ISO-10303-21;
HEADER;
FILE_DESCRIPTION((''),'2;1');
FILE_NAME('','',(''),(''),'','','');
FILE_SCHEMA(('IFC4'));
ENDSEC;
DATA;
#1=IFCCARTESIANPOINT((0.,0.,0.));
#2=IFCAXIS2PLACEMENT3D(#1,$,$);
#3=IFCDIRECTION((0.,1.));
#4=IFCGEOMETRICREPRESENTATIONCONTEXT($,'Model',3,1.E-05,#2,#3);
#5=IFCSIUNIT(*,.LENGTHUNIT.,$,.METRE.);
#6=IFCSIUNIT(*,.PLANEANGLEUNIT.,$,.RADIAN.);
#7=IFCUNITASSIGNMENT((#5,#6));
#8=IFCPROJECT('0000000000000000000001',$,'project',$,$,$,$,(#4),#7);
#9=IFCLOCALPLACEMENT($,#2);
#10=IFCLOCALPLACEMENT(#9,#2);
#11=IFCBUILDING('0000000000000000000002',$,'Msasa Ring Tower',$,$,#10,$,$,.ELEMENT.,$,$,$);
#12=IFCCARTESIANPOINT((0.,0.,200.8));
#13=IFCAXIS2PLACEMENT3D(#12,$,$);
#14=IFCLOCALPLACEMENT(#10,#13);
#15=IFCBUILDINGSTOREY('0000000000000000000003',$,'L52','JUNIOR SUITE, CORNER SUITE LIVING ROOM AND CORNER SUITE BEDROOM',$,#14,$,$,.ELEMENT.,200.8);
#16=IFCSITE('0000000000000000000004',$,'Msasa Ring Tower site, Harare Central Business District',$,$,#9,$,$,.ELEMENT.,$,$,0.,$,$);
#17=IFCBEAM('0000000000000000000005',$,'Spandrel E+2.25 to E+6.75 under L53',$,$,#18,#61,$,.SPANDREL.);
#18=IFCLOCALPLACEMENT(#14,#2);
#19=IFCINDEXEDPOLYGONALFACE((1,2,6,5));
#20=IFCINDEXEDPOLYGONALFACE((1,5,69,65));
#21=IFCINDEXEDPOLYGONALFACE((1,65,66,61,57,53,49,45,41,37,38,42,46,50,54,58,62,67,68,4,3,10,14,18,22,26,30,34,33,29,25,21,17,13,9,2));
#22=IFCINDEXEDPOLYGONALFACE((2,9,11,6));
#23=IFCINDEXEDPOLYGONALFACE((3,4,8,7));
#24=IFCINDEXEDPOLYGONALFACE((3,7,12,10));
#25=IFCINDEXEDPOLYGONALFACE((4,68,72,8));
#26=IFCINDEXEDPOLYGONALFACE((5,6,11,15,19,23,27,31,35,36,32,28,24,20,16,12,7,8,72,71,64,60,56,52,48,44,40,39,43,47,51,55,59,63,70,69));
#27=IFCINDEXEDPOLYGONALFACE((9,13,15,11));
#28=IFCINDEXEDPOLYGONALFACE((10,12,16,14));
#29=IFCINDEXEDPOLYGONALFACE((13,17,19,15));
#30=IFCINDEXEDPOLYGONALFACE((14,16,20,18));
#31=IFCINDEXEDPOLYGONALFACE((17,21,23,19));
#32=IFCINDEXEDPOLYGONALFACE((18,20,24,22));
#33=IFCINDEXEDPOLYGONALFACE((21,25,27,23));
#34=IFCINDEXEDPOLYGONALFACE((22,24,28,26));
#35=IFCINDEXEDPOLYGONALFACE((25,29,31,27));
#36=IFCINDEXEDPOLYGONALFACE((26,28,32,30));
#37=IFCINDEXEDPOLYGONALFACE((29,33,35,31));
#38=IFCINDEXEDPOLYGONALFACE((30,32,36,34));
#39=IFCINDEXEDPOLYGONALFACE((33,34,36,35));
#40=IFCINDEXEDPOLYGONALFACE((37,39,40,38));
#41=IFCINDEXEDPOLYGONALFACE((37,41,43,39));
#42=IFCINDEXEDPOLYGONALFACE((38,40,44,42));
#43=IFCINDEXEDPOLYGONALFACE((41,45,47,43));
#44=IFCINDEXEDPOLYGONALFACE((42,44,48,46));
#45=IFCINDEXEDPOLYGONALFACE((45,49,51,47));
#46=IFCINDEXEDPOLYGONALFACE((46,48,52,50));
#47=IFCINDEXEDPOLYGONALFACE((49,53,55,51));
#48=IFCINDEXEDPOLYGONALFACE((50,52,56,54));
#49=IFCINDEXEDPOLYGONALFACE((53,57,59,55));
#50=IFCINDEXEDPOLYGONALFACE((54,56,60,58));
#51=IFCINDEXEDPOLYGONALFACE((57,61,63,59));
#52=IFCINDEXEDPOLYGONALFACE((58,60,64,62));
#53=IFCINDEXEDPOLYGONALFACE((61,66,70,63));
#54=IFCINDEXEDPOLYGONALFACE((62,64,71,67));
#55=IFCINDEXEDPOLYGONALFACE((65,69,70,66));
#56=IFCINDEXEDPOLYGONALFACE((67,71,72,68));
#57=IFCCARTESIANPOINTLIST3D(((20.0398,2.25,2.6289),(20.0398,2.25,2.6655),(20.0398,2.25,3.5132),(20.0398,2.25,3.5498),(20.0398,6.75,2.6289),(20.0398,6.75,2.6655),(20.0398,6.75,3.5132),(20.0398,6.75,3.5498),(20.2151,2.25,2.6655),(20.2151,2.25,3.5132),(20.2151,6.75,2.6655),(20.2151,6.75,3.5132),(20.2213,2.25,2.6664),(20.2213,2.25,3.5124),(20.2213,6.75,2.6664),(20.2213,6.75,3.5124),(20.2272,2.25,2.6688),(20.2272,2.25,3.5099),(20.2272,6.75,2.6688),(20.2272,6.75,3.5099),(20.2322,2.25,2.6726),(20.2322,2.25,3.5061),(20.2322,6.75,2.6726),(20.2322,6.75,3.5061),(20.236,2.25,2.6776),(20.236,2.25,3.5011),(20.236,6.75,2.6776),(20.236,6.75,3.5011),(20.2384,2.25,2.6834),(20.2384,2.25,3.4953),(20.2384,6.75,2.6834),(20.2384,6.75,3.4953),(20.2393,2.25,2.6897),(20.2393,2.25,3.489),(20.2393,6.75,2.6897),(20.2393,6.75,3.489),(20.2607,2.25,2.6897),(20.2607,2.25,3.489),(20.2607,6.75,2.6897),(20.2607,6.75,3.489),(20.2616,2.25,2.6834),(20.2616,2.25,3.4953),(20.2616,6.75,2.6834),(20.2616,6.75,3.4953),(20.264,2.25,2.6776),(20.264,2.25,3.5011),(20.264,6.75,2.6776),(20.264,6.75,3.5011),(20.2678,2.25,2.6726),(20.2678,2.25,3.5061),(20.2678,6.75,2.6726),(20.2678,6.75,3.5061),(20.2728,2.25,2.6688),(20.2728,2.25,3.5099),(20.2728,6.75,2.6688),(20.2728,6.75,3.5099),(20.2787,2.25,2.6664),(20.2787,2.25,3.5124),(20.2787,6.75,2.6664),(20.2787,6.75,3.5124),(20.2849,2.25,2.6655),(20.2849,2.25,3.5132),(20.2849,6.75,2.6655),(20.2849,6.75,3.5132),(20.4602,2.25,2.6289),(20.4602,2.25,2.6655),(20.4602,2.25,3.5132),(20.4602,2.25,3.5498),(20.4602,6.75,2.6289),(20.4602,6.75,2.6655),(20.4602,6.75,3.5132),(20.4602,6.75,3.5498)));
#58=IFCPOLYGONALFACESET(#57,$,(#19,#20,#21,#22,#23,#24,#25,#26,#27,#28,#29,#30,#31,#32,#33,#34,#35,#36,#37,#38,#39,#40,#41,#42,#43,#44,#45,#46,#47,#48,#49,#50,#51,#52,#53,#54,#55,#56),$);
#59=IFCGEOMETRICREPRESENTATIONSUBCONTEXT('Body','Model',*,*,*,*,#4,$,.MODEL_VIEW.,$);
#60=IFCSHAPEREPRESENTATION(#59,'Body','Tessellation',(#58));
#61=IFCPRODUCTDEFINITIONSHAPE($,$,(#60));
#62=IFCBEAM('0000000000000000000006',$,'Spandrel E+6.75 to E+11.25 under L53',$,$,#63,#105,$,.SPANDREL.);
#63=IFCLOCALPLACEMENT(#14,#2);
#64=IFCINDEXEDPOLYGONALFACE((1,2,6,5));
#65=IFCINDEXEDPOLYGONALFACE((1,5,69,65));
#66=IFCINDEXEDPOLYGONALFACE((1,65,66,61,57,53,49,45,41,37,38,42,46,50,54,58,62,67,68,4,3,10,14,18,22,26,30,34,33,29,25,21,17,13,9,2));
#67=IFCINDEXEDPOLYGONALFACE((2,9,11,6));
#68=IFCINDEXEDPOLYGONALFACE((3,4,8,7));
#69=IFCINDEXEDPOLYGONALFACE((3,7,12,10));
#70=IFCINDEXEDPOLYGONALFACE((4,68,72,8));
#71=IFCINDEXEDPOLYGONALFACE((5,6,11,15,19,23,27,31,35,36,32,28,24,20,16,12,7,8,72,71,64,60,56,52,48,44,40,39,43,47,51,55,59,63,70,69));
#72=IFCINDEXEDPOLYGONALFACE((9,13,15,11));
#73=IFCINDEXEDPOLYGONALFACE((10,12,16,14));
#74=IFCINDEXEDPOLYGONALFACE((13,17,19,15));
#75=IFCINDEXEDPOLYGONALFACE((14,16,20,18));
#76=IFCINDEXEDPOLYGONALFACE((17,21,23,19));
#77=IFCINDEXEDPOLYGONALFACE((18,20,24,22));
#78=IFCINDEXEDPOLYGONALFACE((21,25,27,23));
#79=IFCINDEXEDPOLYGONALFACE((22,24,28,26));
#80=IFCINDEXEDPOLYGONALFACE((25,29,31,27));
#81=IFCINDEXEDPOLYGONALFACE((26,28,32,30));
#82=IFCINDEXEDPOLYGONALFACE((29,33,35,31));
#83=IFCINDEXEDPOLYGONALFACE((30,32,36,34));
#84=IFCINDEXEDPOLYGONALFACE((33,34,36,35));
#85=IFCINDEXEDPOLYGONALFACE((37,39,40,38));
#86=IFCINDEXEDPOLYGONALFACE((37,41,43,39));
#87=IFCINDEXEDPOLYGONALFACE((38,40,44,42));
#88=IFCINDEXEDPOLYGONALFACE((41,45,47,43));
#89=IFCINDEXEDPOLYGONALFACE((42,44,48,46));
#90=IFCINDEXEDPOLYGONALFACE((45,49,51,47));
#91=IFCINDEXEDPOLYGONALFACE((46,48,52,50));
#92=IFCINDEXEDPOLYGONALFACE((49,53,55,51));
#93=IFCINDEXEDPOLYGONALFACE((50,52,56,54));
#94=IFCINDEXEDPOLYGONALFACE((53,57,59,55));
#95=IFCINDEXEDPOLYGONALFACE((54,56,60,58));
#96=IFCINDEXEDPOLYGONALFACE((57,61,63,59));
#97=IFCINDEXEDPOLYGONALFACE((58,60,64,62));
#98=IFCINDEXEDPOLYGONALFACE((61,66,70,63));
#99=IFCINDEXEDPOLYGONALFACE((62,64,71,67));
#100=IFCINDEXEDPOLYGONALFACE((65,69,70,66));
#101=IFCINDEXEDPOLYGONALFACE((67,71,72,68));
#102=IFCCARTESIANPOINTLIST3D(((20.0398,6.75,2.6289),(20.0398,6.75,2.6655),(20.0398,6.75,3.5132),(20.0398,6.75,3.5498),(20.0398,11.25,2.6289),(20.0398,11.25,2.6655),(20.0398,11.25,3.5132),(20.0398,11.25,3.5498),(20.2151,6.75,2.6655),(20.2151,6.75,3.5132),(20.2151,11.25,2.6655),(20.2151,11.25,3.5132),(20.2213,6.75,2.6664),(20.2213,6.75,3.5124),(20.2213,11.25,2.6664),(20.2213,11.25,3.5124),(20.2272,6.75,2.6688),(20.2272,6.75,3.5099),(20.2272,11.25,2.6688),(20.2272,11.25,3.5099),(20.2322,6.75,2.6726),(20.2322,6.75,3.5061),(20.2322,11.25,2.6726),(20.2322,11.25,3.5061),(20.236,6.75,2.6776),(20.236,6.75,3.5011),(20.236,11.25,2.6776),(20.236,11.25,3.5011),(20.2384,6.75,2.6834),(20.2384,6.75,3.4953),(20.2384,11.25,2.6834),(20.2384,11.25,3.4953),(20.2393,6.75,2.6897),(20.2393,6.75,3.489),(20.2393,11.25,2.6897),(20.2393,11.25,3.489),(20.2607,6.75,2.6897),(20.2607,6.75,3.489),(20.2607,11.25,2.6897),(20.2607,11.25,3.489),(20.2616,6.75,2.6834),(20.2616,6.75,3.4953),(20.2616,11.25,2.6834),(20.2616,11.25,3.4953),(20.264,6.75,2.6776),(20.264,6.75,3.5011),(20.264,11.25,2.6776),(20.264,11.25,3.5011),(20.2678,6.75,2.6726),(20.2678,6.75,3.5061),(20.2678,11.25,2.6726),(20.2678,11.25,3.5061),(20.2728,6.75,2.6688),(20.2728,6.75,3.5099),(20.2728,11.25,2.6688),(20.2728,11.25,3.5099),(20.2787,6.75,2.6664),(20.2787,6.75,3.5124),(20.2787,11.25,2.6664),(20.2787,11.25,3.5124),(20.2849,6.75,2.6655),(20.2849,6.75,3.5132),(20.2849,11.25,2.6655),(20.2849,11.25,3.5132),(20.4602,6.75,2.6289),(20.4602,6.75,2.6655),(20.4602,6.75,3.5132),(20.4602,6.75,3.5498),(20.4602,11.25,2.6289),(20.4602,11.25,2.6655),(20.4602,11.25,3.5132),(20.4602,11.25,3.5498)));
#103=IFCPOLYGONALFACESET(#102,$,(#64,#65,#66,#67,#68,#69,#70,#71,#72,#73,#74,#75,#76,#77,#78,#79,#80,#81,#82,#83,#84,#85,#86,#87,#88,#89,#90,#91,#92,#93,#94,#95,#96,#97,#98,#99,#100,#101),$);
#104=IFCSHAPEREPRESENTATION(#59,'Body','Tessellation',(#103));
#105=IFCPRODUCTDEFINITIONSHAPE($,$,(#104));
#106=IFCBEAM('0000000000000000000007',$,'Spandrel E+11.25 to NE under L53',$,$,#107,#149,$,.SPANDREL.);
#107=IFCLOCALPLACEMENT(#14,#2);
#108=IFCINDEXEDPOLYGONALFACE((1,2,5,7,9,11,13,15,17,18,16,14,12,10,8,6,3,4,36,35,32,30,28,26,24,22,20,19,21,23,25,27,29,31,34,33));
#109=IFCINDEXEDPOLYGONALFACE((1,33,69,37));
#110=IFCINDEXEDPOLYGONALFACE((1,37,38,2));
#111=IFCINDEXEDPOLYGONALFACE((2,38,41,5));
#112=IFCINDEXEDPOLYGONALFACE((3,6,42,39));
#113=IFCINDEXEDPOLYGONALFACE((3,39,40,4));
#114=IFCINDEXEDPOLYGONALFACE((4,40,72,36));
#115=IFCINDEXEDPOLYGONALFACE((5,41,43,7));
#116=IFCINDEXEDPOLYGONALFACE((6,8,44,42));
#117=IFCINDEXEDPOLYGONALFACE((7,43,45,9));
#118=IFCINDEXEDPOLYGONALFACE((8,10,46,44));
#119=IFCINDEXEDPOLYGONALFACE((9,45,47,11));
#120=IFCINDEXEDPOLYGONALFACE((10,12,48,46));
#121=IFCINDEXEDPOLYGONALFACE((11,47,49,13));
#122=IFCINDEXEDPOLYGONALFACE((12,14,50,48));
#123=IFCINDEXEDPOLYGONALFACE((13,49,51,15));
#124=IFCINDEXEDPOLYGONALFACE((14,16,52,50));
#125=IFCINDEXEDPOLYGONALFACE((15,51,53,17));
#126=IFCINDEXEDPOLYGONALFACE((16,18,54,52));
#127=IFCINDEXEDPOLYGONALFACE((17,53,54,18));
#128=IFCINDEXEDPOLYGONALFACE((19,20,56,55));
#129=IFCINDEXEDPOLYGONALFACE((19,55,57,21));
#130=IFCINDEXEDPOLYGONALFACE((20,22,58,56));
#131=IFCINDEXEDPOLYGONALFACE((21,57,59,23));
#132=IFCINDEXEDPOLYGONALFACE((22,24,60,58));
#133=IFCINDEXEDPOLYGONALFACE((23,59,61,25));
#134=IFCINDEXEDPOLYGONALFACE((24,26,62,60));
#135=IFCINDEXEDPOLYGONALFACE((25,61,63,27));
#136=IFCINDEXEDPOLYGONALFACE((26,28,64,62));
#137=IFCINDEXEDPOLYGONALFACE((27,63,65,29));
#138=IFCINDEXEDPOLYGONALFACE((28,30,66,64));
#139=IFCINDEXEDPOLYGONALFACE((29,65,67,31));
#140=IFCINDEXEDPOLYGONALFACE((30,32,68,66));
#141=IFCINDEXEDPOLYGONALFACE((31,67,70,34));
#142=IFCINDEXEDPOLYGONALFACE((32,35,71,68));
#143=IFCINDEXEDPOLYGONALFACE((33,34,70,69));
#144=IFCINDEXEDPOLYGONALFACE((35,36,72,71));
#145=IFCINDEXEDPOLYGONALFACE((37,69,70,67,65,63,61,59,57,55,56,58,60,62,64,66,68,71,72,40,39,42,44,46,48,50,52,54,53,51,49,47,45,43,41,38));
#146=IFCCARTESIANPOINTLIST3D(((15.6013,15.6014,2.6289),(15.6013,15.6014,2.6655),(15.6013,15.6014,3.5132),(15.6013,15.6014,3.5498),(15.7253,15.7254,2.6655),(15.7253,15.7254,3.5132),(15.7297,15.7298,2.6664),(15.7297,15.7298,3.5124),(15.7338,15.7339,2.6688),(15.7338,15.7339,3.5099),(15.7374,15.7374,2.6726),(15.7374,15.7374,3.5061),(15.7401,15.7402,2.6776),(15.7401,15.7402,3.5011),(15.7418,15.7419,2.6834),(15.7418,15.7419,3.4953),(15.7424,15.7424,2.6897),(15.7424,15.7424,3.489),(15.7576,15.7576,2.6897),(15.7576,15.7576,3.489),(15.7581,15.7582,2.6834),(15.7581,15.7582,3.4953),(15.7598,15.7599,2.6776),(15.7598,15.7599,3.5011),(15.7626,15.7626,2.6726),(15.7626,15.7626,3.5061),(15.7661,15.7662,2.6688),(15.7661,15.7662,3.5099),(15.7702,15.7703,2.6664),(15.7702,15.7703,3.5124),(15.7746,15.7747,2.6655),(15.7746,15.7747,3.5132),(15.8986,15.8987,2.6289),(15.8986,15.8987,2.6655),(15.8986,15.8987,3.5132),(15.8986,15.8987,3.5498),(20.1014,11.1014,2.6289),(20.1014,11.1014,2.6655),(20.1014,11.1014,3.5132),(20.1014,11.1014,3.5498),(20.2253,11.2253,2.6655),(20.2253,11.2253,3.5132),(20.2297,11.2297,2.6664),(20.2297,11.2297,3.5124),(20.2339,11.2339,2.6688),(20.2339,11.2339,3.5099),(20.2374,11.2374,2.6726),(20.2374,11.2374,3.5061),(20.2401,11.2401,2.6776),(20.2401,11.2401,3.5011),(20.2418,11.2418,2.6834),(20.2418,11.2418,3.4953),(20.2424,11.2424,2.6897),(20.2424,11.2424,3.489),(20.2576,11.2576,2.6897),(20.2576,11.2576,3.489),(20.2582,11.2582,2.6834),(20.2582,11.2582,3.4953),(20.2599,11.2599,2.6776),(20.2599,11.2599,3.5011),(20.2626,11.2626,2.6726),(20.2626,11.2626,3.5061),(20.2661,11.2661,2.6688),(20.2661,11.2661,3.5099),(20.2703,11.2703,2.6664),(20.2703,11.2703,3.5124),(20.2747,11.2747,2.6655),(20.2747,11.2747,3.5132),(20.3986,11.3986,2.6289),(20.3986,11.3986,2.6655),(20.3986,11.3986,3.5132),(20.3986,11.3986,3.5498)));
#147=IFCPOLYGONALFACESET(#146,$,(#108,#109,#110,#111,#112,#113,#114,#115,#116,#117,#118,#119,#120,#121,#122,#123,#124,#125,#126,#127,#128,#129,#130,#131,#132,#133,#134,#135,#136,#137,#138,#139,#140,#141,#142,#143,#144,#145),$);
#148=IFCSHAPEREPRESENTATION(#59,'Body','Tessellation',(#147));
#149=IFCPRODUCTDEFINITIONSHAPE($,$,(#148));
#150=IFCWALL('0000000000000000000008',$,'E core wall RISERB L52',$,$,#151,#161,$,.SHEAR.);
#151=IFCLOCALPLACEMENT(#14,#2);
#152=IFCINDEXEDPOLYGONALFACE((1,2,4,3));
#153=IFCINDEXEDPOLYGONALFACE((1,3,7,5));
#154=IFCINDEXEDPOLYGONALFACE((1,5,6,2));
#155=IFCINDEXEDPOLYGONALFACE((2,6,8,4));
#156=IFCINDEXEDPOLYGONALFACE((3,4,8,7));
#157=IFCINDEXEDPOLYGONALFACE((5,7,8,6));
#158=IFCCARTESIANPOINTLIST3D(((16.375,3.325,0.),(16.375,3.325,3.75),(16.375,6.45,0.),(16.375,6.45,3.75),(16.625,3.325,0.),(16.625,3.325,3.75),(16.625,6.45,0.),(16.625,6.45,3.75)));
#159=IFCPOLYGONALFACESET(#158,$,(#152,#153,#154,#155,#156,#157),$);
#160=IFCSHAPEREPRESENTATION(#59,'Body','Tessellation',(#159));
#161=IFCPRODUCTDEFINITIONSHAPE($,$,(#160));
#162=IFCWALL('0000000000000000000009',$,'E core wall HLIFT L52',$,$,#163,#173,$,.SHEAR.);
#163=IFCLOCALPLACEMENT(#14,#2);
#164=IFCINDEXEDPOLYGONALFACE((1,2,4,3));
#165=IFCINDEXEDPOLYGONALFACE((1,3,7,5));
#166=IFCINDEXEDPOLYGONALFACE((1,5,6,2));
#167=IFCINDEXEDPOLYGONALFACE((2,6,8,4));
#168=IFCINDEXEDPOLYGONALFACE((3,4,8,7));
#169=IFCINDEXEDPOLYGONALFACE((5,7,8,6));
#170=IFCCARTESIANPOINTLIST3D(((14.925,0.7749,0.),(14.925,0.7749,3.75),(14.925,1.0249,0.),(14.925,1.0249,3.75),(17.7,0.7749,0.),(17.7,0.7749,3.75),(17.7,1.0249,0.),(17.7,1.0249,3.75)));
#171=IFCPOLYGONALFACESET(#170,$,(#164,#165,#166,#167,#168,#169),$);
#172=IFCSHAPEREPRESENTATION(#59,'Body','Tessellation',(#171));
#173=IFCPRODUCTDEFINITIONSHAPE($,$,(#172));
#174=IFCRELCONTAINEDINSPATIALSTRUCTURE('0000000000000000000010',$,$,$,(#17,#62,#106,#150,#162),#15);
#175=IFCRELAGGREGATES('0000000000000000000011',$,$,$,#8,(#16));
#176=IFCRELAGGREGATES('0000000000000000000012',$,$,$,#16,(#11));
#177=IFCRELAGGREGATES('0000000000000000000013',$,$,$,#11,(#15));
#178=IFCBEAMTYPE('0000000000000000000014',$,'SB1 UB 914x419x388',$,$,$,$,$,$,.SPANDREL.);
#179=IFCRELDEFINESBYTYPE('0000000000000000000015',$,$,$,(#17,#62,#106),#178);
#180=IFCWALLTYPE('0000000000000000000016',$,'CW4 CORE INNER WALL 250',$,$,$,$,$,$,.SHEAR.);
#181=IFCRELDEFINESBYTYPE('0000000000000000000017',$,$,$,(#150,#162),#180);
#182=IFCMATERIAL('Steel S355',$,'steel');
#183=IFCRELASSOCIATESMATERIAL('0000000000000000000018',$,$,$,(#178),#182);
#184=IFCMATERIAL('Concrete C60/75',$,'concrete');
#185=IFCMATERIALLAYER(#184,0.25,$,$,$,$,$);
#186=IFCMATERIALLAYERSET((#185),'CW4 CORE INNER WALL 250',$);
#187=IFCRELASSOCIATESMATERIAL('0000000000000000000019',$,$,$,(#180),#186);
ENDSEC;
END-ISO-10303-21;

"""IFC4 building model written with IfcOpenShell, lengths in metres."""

from ifc_helpers import new_model, si_unit, direction, frame, frame_2d, origin, origin_2d, place, context, subcontext, project, spatial, rectangle, i_section, extrude, material, layer, layer_set, material_profile, profile_set, type_object, element, save


model = new_model("IFC4")

# Units and contexts
model_context = context("Model", 3, precision=1e-05, world=origin(), true_north=direction((0.0, 1.0)))
body_context = subcontext(model_context, "Body", "Model", "MODEL_VIEW")
ifc_project = project(units=[si_unit("LENGTHUNIT", "METRE"), si_unit("PLANEANGLEUNIT", "RADIAN")], contexts=[model_context])

# Site, building, storey
site_placement = place(None, origin())
site = spatial("IfcSite", under=ifc_project, at=site_placement, Name="Msasa Ring Tower site, Harare Central Business District", CompositionType="ELEMENT", RefElevation=0.0)
building_placement = place(site_placement, origin())
building = spatial("IfcBuilding", under=site, at=building_placement, Name="Msasa Ring Tower", CompositionType="ELEMENT")
storey_placement = place(building_placement, frame((0.0, 0.0, 200.8)))
storey = spatial("IfcBuildingStorey", under=building, at=storey_placement, Name="L52", Description="JUNIOR SUITE, CORNER SUITE LIVING ROOM AND CORNER SUITE BEDROOM", CompositionType="ELEMENT", Elevation=200.8)

# Beams
ifc_material_1 = material(Name="Steel S355", Category="steel")
ifc_material_profile_1 = material_profile(ifc_material_1, i_section(OverallWidth=0.4204, OverallDepth=0.9209, WebThickness=0.0215, FlangeThickness=0.0366, FilletRadius=0.0242, at=origin_2d()), Name="UB 914x419x388")
ifc_profile_set_1 = profile_set([ifc_material_profile_1], Name="Steel S355")
beam_type_1 = type_object("IfcBeamType", Name="SB1 UB 914x419x388", PredefinedType="SPANDREL", material=ifc_profile_set_1)
for number, where, z_axis, x_axis, name in (
    (1, (20.25, 2.25, 3.0894), (0.0, 1.0, 0.0), (-1.0, 0.0, 0.0), "Spandrel E+2.25 to E+6.75 under L53"),
    (2, (20.25, 6.75, 3.0894), (0.0, 1.0, 0.0), (-1.0, 0.0, 0.0), "Spandrel E+6.75 to E+11.25 under L53"),
):
    element("IfcBeam", number, at=place(storey_placement, frame(where, z_axis=z_axis, x_axis=x_axis)), inside=storey, type_object=beam_type_1, Name=name, PredefinedType="SPANDREL", context=body_context, shape_type="SweptSolid", body=[
        extrude(i_section(OverallWidth=0.4204, OverallDepth=0.9209, WebThickness=0.0215, FlangeThickness=0.0366, FilletRadius=0.0242, at=origin_2d()), origin(), (0.0, 0.0, 1.0), 4.5),
    ])
beam_1_placement = place(storey_placement, frame((20.25, 11.25, 3.0894), z_axis=(-0.707107, 0.707107, 0.0), x_axis=(-0.707107, -0.707107, 0.0)))
element("IfcBeam", 3, at=beam_1_placement, inside=storey, type_object=beam_type_1, Name="Spandrel E+11.25 to NE under L53", PredefinedType="SPANDREL", context=body_context, shape_type="SweptSolid", body=[
    extrude(i_section(OverallWidth=0.4204, OverallDepth=0.9209, WebThickness=0.0215, FlangeThickness=0.0366, FilletRadius=0.0242, at=origin_2d()), origin(), (0.0, 0.0, 1.0), 6.364),
])

# Walls
ifc_material_2 = material(Name="Concrete C60/75", Category="concrete")
ifc_layer_1 = layer(ifc_material_2, 0.25)
ifc_layer_set_1 = layer_set([ifc_layer_1], Name="CW4 CORE INNER WALL 250")
wall_type_1 = type_object("IfcWallType", Name="CW4 CORE INNER WALL 250", PredefinedType="SHEAR", material=ifc_layer_set_1)
wall_1_placement = place(storey_placement, frame((16.5, 3.325, 0.0), z_axis=(0.0, 0.0, 1.0), x_axis=(0.0, 1.0, 0.0)))
element("IfcWall", 4, at=wall_1_placement, inside=storey, type_object=wall_type_1, Name="E core wall RISERB L52", PredefinedType="SHEAR", context=body_context, shape_type="SweptSolid", body=[
    extrude(rectangle(XDim=3.125, YDim=0.25, at=frame_2d((1.5625, 0.0))), origin(), (0.0, 0.0, 1.0), 3.75),
])
wall_2_placement = place(storey_placement, frame((14.925, 0.8999, 0.0), z_axis=(0.0, 0.0, 1.0), x_axis=(1.0, 0.0, 0.0)))
element("IfcWall", 5, at=wall_2_placement, inside=storey, type_object=wall_type_1, Name="E core wall HLIFT L52", PredefinedType="SHEAR", context=body_context, shape_type="SweptSolid", body=[
    extrude(rectangle(XDim=2.7749, YDim=0.25, at=frame_2d((1.3875, 0.0))), origin(), (0.0, 0.0, 1.0), 3.75),
])

save(model, "model.ifc")
